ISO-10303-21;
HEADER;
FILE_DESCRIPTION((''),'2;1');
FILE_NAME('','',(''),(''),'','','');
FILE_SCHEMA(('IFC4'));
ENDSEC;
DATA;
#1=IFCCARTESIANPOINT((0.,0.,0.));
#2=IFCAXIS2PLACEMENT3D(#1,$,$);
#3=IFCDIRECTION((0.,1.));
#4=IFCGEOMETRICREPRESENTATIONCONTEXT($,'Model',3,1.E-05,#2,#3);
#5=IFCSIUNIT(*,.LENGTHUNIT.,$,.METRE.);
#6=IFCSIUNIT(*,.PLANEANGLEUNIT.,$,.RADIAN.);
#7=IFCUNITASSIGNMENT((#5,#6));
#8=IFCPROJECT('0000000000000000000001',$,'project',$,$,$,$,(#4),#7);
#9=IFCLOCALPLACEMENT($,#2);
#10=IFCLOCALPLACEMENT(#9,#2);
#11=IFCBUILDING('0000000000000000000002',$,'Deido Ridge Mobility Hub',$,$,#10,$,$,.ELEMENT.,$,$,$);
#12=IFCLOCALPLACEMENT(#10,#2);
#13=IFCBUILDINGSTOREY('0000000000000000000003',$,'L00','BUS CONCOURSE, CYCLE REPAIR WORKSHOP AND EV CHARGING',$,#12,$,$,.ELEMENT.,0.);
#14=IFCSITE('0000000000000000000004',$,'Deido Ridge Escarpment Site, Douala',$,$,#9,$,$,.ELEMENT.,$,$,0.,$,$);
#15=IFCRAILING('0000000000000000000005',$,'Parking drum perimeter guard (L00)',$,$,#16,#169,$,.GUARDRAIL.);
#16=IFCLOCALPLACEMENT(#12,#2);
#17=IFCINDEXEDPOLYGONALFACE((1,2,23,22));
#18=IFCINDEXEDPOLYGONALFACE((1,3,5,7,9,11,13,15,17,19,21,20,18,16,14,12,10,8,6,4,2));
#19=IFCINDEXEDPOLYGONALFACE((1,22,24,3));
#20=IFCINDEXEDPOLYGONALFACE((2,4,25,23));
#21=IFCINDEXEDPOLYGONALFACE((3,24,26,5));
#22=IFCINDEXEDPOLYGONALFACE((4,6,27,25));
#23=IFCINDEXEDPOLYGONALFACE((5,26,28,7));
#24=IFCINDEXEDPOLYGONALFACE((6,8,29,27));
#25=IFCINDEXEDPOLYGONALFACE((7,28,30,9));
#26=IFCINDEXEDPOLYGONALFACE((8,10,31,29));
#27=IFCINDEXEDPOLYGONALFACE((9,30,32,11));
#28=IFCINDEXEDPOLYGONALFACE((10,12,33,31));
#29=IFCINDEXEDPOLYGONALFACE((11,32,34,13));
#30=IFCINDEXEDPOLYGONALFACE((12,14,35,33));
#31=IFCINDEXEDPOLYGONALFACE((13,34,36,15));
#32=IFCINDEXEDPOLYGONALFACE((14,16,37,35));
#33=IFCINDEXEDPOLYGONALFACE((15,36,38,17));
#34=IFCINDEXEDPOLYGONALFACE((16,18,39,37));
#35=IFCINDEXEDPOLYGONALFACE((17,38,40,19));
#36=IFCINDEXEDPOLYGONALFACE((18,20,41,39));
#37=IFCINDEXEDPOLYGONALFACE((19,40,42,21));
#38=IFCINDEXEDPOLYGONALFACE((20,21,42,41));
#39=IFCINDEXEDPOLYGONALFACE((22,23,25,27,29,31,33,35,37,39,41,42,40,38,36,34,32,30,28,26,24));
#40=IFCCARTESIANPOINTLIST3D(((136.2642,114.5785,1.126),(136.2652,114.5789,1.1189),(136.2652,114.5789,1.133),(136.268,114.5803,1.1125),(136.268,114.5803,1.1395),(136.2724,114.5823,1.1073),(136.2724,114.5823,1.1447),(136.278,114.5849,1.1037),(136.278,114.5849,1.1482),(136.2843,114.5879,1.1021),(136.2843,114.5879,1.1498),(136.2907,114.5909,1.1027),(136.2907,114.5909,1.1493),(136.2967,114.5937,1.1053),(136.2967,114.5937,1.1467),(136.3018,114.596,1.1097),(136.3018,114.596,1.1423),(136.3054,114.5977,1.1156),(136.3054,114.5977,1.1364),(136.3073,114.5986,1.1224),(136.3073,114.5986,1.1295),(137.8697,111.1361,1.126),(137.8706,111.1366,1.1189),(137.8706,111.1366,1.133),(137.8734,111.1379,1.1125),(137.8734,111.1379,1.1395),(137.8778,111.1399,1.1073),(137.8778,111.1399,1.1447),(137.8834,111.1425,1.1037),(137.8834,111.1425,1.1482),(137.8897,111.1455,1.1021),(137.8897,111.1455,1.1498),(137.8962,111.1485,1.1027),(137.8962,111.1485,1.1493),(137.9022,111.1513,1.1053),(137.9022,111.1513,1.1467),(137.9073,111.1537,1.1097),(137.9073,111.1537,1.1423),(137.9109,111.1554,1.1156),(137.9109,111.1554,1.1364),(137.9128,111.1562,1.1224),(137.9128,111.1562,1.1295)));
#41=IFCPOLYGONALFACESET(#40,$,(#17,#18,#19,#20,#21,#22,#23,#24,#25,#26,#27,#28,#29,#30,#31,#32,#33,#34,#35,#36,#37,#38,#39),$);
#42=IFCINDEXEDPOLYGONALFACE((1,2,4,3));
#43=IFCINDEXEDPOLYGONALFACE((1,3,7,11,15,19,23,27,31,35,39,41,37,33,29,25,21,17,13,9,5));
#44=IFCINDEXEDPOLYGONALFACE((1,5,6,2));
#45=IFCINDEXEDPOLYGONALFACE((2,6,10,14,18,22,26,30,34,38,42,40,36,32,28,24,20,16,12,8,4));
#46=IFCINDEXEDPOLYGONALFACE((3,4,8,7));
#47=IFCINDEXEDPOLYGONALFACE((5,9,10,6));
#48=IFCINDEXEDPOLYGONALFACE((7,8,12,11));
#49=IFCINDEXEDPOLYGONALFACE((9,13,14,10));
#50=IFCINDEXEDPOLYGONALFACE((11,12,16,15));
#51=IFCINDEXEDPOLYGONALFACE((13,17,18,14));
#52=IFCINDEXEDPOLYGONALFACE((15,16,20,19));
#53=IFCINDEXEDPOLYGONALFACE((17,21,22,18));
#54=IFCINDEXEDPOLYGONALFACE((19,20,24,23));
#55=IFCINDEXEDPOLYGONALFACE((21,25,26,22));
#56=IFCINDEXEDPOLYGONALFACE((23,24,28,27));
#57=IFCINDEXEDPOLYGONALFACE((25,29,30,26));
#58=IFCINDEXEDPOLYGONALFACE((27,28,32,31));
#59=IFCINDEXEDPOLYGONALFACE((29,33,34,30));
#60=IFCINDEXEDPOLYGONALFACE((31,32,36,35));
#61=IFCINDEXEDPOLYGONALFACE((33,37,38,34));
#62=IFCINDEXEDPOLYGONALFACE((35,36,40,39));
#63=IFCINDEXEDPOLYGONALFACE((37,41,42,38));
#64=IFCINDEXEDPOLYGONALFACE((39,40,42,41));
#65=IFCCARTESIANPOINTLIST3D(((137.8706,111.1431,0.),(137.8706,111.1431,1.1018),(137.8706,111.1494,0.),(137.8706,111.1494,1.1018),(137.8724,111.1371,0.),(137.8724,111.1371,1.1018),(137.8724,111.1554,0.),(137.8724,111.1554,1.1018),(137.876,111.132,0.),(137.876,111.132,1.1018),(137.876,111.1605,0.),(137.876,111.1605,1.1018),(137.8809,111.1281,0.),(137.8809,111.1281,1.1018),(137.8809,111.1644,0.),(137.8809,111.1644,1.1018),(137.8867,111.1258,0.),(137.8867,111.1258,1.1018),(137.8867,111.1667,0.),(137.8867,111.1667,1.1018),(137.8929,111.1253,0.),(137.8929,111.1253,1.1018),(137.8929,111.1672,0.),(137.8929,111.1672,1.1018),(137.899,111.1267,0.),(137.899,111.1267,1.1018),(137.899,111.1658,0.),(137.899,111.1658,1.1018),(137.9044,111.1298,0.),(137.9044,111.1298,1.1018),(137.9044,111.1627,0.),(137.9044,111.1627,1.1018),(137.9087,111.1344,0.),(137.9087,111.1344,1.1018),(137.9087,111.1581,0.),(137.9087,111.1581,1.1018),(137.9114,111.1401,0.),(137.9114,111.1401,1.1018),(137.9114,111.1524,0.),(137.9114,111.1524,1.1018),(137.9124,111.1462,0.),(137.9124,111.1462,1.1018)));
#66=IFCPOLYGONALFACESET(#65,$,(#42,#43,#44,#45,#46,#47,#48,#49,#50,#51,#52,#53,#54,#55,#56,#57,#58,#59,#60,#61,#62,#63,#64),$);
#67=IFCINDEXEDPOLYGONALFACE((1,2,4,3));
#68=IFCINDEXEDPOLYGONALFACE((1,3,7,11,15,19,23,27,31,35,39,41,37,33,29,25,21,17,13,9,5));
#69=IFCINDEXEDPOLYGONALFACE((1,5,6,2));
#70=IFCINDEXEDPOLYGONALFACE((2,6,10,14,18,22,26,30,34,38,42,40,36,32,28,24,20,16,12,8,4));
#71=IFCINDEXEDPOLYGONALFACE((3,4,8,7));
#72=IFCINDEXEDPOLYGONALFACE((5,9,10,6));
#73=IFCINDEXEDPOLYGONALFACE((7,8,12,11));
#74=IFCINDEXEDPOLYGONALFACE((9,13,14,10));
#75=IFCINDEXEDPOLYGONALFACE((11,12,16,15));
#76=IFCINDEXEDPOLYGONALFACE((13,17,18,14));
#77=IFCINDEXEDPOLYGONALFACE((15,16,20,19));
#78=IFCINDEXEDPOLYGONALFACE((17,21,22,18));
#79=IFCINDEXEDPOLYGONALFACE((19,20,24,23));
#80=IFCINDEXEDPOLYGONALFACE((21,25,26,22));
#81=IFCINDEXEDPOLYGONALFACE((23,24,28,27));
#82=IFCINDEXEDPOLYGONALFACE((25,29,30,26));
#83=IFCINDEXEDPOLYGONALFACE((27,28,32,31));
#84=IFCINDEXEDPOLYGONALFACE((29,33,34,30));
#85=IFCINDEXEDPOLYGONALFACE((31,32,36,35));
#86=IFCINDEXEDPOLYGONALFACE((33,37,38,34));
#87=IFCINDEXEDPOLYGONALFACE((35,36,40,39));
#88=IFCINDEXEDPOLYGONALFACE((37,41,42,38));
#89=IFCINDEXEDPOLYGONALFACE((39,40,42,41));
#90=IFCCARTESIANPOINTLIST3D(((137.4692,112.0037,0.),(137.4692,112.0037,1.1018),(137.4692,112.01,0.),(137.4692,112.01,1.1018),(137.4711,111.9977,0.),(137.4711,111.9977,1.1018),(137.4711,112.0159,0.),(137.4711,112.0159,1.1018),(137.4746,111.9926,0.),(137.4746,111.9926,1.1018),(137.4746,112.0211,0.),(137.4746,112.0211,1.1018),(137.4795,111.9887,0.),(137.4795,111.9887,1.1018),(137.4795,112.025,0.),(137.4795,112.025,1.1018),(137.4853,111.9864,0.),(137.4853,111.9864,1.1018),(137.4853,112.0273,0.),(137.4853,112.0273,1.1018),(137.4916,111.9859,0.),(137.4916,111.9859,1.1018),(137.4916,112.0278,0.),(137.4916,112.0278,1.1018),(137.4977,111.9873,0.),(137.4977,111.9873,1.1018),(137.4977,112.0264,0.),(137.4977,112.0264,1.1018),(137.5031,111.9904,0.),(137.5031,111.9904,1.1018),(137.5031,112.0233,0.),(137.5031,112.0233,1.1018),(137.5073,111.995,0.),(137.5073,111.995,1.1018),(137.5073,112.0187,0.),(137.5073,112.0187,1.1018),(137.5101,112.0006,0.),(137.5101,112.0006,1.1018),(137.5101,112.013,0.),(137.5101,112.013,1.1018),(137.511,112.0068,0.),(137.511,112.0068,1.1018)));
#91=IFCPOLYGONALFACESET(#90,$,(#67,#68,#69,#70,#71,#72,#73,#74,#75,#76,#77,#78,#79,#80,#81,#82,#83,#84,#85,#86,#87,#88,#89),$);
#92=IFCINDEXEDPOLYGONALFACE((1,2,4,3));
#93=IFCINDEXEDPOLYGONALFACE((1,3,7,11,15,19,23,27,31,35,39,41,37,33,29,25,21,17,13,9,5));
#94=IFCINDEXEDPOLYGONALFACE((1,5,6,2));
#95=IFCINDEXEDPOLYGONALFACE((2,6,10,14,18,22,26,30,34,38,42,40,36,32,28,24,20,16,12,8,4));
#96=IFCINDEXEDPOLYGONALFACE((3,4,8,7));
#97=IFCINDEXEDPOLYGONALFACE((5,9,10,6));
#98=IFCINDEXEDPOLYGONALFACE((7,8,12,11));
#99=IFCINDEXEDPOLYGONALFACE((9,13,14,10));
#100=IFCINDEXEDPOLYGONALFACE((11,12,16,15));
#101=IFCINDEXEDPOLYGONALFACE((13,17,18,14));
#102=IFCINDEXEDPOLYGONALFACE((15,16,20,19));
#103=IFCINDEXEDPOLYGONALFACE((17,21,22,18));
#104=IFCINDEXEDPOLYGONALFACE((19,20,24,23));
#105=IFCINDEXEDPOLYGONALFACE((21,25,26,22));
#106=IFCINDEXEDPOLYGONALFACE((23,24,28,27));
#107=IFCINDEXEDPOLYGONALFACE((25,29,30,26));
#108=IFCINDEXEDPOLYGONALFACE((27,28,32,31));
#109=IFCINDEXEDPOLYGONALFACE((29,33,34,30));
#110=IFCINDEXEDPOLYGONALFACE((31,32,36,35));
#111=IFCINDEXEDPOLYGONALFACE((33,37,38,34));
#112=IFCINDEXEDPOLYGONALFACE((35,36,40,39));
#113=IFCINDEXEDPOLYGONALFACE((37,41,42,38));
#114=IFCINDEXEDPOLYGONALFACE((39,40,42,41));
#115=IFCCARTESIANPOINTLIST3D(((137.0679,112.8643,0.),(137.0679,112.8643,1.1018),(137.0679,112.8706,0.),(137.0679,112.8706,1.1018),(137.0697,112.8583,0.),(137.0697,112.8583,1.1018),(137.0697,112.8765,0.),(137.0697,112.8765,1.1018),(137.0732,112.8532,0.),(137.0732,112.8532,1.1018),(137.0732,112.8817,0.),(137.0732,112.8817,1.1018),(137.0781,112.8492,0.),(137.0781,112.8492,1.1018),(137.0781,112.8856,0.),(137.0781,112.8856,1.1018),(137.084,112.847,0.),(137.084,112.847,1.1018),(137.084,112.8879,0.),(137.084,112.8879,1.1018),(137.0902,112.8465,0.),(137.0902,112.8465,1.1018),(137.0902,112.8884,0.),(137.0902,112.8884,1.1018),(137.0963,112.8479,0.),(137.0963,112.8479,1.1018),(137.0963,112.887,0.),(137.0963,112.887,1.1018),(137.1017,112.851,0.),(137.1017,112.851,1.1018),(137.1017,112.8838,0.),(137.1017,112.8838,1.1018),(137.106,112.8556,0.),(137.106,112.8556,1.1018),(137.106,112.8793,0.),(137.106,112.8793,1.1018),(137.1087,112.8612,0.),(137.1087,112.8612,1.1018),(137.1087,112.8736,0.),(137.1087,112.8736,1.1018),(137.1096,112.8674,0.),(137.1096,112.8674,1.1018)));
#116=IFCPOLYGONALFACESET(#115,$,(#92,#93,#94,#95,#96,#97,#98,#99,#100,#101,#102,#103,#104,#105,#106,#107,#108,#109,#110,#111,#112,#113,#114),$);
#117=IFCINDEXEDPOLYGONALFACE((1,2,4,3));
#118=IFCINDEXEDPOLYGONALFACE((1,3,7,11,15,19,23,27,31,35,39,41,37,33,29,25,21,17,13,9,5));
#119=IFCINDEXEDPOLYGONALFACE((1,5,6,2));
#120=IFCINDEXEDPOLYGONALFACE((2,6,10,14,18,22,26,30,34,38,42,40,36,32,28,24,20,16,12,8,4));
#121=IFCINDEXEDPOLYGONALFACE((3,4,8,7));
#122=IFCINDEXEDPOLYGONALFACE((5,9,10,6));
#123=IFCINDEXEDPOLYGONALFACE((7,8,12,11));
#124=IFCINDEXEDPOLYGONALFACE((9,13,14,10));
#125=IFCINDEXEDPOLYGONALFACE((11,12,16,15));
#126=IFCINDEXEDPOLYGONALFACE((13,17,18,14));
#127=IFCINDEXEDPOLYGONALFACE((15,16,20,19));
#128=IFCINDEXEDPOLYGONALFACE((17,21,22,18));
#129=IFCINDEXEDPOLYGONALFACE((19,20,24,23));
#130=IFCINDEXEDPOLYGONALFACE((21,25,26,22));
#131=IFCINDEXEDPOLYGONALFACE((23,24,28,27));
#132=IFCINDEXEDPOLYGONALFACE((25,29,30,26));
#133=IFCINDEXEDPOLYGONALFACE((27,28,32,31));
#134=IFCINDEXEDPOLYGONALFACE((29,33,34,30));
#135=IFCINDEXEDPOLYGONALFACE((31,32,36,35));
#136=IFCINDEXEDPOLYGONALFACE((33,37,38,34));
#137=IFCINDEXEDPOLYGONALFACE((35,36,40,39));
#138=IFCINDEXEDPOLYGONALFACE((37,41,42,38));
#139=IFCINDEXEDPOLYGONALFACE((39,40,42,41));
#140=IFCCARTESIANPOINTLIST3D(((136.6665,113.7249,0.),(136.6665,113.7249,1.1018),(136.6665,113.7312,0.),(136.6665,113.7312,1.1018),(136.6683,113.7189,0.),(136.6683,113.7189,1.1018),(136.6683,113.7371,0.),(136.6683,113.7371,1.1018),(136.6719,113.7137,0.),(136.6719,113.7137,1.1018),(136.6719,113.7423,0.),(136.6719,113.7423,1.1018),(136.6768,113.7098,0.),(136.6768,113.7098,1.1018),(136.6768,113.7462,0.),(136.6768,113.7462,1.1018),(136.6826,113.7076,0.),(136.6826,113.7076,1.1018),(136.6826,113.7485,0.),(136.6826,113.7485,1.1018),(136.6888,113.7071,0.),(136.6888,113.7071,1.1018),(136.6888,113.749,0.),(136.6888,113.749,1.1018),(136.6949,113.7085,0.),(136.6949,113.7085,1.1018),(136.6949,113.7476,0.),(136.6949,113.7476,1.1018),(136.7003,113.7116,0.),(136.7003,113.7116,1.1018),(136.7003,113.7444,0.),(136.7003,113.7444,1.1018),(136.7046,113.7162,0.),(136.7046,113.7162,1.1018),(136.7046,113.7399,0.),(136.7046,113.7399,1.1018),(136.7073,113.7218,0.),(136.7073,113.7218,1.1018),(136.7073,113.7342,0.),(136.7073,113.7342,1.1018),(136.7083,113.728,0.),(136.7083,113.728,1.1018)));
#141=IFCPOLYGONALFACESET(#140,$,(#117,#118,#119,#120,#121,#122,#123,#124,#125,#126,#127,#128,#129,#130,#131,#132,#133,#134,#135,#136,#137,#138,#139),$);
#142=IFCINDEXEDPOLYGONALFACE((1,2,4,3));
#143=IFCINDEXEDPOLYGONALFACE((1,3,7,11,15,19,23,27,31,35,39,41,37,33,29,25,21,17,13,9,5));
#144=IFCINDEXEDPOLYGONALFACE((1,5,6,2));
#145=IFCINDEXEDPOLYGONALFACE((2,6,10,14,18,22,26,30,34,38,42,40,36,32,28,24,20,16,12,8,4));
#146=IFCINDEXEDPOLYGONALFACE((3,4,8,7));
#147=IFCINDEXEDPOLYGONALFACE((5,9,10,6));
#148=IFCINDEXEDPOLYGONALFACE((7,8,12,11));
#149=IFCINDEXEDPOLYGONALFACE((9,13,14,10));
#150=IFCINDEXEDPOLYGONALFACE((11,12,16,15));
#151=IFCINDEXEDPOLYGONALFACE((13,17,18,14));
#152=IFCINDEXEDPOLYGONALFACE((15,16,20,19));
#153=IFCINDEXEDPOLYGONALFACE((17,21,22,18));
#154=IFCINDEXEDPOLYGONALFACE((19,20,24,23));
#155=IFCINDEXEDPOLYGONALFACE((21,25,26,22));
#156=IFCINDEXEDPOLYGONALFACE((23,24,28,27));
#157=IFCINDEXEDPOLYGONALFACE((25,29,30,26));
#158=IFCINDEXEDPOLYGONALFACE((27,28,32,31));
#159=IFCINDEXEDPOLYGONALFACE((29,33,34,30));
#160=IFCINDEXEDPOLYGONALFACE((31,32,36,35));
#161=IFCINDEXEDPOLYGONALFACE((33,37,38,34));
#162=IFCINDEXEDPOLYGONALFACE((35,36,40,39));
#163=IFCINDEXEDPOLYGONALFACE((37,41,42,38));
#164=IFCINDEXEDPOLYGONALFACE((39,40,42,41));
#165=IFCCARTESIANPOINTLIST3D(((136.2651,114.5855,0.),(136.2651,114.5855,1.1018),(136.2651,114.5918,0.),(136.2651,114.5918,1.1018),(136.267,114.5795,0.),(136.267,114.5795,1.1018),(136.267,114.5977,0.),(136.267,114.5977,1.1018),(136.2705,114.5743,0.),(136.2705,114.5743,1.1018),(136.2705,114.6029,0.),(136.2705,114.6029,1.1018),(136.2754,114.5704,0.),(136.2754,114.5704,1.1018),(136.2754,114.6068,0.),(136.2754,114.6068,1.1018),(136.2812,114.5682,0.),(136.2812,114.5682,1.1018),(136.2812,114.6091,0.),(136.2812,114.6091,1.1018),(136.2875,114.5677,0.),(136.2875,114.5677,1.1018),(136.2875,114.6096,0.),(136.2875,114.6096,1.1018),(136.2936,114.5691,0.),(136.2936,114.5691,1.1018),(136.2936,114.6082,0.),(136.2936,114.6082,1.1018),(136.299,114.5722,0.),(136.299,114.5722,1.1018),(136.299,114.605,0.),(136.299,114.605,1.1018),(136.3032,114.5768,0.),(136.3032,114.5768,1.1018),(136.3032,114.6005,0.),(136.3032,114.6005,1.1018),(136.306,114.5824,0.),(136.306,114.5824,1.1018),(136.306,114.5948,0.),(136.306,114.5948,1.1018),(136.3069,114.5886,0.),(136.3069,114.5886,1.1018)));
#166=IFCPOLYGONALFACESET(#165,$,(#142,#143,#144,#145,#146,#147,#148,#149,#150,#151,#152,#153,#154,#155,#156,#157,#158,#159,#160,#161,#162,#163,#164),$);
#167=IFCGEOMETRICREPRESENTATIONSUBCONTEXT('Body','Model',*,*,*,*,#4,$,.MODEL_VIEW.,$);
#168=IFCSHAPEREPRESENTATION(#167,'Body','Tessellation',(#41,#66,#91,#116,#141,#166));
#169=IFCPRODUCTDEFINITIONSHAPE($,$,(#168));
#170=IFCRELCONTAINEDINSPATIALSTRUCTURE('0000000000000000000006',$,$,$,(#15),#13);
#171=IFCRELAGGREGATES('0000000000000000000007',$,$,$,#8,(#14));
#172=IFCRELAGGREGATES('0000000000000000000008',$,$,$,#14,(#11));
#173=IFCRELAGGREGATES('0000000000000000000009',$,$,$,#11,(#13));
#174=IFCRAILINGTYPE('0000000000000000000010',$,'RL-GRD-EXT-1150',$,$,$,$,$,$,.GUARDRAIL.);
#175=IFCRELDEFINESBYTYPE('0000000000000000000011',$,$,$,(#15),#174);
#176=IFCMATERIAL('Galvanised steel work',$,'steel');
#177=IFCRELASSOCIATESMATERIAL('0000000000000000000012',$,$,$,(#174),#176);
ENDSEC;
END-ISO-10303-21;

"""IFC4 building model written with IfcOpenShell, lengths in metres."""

from ifc_helpers import new_model, si_unit, direction, frame, origin, origin_2d, place, context, subcontext, project, spatial, circle, extrude, material, type_object, element, save


model = new_model("IFC4")

# Units and contexts
model_context = context("Model", 3, precision=1e-05, world=origin(), true_north=direction((0.0, 1.0)))
body_context = subcontext(model_context, "Body", "Model", "MODEL_VIEW")
ifc_project = project(units=[si_unit("LENGTHUNIT", "METRE"), si_unit("PLANEANGLEUNIT", "RADIAN")], contexts=[model_context])

# Site, building, storey
site_placement = place(None, origin())
site = spatial("IfcSite", under=ifc_project, at=site_placement, Name="Deido Ridge Escarpment Site, Douala", CompositionType="ELEMENT", RefElevation=0.0)
building_placement = place(site_placement, origin())
building = spatial("IfcBuilding", under=site, at=building_placement, Name="Deido Ridge Mobility Hub", CompositionType="ELEMENT")
storey_placement = place(building_placement, origin())
storey = spatial("IfcBuildingStorey", under=building, at=storey_placement, Name="L00", Description="BUS CONCOURSE, CYCLE REPAIR WORKSHOP AND EV CHARGING", CompositionType="ELEMENT", Elevation=0.0)

# Railing
ifc_material_1 = material(Name="Galvanised steel work", Category="steel")
railing_type = type_object("IfcRailingType", Name="RL-GRD-EXT-1150", PredefinedType="GUARDRAIL", material=ifc_material_1)
railing_1_placement = place(storey_placement, frame((137.8914, 111.1462, 0.0)))
element("IfcRailing", 1, at=railing_1_placement, inside=storey, type_object=railing_type, Name="Parking drum perimeter guard (L00)", PredefinedType="GUARDRAIL", context=body_context, shape_type="SweptSolid", body=[
    extrude(circle(Radius=0.0239, at=origin_2d()), frame((0.0, 0.0, 1.126), z_axis=(-0.422674, 0.906282, 0.0), x_axis=(-0.906282, -0.422674, 0.0)), (0.0, 0.0, 1.0), 3.7983),
    extrude(circle(Radius=0.021, at=origin_2d()), origin(), (0.0, 0.0, 1.0), 1.1018),
    extrude(circle(Radius=0.021, at=origin_2d()), frame((-0.4014, 0.8606, 0.0)), (0.0, 0.0, 1.0), 1.1018),
    extrude(circle(Radius=0.021, at=origin_2d()), frame((-0.8027, 1.7212, 0.0)), (0.0, 0.0, 1.0), 1.1018),
    extrude(circle(Radius=0.021, at=origin_2d()), frame((-1.2041, 2.5818, 0.0)), (0.0, 0.0, 1.0), 1.1018),
    extrude(circle(Radius=0.021, at=origin_2d()), frame((-1.6055, 3.4424, 0.0)), (0.0, 0.0, 1.0), 1.1018),
])

save(model, "model.ifc")
